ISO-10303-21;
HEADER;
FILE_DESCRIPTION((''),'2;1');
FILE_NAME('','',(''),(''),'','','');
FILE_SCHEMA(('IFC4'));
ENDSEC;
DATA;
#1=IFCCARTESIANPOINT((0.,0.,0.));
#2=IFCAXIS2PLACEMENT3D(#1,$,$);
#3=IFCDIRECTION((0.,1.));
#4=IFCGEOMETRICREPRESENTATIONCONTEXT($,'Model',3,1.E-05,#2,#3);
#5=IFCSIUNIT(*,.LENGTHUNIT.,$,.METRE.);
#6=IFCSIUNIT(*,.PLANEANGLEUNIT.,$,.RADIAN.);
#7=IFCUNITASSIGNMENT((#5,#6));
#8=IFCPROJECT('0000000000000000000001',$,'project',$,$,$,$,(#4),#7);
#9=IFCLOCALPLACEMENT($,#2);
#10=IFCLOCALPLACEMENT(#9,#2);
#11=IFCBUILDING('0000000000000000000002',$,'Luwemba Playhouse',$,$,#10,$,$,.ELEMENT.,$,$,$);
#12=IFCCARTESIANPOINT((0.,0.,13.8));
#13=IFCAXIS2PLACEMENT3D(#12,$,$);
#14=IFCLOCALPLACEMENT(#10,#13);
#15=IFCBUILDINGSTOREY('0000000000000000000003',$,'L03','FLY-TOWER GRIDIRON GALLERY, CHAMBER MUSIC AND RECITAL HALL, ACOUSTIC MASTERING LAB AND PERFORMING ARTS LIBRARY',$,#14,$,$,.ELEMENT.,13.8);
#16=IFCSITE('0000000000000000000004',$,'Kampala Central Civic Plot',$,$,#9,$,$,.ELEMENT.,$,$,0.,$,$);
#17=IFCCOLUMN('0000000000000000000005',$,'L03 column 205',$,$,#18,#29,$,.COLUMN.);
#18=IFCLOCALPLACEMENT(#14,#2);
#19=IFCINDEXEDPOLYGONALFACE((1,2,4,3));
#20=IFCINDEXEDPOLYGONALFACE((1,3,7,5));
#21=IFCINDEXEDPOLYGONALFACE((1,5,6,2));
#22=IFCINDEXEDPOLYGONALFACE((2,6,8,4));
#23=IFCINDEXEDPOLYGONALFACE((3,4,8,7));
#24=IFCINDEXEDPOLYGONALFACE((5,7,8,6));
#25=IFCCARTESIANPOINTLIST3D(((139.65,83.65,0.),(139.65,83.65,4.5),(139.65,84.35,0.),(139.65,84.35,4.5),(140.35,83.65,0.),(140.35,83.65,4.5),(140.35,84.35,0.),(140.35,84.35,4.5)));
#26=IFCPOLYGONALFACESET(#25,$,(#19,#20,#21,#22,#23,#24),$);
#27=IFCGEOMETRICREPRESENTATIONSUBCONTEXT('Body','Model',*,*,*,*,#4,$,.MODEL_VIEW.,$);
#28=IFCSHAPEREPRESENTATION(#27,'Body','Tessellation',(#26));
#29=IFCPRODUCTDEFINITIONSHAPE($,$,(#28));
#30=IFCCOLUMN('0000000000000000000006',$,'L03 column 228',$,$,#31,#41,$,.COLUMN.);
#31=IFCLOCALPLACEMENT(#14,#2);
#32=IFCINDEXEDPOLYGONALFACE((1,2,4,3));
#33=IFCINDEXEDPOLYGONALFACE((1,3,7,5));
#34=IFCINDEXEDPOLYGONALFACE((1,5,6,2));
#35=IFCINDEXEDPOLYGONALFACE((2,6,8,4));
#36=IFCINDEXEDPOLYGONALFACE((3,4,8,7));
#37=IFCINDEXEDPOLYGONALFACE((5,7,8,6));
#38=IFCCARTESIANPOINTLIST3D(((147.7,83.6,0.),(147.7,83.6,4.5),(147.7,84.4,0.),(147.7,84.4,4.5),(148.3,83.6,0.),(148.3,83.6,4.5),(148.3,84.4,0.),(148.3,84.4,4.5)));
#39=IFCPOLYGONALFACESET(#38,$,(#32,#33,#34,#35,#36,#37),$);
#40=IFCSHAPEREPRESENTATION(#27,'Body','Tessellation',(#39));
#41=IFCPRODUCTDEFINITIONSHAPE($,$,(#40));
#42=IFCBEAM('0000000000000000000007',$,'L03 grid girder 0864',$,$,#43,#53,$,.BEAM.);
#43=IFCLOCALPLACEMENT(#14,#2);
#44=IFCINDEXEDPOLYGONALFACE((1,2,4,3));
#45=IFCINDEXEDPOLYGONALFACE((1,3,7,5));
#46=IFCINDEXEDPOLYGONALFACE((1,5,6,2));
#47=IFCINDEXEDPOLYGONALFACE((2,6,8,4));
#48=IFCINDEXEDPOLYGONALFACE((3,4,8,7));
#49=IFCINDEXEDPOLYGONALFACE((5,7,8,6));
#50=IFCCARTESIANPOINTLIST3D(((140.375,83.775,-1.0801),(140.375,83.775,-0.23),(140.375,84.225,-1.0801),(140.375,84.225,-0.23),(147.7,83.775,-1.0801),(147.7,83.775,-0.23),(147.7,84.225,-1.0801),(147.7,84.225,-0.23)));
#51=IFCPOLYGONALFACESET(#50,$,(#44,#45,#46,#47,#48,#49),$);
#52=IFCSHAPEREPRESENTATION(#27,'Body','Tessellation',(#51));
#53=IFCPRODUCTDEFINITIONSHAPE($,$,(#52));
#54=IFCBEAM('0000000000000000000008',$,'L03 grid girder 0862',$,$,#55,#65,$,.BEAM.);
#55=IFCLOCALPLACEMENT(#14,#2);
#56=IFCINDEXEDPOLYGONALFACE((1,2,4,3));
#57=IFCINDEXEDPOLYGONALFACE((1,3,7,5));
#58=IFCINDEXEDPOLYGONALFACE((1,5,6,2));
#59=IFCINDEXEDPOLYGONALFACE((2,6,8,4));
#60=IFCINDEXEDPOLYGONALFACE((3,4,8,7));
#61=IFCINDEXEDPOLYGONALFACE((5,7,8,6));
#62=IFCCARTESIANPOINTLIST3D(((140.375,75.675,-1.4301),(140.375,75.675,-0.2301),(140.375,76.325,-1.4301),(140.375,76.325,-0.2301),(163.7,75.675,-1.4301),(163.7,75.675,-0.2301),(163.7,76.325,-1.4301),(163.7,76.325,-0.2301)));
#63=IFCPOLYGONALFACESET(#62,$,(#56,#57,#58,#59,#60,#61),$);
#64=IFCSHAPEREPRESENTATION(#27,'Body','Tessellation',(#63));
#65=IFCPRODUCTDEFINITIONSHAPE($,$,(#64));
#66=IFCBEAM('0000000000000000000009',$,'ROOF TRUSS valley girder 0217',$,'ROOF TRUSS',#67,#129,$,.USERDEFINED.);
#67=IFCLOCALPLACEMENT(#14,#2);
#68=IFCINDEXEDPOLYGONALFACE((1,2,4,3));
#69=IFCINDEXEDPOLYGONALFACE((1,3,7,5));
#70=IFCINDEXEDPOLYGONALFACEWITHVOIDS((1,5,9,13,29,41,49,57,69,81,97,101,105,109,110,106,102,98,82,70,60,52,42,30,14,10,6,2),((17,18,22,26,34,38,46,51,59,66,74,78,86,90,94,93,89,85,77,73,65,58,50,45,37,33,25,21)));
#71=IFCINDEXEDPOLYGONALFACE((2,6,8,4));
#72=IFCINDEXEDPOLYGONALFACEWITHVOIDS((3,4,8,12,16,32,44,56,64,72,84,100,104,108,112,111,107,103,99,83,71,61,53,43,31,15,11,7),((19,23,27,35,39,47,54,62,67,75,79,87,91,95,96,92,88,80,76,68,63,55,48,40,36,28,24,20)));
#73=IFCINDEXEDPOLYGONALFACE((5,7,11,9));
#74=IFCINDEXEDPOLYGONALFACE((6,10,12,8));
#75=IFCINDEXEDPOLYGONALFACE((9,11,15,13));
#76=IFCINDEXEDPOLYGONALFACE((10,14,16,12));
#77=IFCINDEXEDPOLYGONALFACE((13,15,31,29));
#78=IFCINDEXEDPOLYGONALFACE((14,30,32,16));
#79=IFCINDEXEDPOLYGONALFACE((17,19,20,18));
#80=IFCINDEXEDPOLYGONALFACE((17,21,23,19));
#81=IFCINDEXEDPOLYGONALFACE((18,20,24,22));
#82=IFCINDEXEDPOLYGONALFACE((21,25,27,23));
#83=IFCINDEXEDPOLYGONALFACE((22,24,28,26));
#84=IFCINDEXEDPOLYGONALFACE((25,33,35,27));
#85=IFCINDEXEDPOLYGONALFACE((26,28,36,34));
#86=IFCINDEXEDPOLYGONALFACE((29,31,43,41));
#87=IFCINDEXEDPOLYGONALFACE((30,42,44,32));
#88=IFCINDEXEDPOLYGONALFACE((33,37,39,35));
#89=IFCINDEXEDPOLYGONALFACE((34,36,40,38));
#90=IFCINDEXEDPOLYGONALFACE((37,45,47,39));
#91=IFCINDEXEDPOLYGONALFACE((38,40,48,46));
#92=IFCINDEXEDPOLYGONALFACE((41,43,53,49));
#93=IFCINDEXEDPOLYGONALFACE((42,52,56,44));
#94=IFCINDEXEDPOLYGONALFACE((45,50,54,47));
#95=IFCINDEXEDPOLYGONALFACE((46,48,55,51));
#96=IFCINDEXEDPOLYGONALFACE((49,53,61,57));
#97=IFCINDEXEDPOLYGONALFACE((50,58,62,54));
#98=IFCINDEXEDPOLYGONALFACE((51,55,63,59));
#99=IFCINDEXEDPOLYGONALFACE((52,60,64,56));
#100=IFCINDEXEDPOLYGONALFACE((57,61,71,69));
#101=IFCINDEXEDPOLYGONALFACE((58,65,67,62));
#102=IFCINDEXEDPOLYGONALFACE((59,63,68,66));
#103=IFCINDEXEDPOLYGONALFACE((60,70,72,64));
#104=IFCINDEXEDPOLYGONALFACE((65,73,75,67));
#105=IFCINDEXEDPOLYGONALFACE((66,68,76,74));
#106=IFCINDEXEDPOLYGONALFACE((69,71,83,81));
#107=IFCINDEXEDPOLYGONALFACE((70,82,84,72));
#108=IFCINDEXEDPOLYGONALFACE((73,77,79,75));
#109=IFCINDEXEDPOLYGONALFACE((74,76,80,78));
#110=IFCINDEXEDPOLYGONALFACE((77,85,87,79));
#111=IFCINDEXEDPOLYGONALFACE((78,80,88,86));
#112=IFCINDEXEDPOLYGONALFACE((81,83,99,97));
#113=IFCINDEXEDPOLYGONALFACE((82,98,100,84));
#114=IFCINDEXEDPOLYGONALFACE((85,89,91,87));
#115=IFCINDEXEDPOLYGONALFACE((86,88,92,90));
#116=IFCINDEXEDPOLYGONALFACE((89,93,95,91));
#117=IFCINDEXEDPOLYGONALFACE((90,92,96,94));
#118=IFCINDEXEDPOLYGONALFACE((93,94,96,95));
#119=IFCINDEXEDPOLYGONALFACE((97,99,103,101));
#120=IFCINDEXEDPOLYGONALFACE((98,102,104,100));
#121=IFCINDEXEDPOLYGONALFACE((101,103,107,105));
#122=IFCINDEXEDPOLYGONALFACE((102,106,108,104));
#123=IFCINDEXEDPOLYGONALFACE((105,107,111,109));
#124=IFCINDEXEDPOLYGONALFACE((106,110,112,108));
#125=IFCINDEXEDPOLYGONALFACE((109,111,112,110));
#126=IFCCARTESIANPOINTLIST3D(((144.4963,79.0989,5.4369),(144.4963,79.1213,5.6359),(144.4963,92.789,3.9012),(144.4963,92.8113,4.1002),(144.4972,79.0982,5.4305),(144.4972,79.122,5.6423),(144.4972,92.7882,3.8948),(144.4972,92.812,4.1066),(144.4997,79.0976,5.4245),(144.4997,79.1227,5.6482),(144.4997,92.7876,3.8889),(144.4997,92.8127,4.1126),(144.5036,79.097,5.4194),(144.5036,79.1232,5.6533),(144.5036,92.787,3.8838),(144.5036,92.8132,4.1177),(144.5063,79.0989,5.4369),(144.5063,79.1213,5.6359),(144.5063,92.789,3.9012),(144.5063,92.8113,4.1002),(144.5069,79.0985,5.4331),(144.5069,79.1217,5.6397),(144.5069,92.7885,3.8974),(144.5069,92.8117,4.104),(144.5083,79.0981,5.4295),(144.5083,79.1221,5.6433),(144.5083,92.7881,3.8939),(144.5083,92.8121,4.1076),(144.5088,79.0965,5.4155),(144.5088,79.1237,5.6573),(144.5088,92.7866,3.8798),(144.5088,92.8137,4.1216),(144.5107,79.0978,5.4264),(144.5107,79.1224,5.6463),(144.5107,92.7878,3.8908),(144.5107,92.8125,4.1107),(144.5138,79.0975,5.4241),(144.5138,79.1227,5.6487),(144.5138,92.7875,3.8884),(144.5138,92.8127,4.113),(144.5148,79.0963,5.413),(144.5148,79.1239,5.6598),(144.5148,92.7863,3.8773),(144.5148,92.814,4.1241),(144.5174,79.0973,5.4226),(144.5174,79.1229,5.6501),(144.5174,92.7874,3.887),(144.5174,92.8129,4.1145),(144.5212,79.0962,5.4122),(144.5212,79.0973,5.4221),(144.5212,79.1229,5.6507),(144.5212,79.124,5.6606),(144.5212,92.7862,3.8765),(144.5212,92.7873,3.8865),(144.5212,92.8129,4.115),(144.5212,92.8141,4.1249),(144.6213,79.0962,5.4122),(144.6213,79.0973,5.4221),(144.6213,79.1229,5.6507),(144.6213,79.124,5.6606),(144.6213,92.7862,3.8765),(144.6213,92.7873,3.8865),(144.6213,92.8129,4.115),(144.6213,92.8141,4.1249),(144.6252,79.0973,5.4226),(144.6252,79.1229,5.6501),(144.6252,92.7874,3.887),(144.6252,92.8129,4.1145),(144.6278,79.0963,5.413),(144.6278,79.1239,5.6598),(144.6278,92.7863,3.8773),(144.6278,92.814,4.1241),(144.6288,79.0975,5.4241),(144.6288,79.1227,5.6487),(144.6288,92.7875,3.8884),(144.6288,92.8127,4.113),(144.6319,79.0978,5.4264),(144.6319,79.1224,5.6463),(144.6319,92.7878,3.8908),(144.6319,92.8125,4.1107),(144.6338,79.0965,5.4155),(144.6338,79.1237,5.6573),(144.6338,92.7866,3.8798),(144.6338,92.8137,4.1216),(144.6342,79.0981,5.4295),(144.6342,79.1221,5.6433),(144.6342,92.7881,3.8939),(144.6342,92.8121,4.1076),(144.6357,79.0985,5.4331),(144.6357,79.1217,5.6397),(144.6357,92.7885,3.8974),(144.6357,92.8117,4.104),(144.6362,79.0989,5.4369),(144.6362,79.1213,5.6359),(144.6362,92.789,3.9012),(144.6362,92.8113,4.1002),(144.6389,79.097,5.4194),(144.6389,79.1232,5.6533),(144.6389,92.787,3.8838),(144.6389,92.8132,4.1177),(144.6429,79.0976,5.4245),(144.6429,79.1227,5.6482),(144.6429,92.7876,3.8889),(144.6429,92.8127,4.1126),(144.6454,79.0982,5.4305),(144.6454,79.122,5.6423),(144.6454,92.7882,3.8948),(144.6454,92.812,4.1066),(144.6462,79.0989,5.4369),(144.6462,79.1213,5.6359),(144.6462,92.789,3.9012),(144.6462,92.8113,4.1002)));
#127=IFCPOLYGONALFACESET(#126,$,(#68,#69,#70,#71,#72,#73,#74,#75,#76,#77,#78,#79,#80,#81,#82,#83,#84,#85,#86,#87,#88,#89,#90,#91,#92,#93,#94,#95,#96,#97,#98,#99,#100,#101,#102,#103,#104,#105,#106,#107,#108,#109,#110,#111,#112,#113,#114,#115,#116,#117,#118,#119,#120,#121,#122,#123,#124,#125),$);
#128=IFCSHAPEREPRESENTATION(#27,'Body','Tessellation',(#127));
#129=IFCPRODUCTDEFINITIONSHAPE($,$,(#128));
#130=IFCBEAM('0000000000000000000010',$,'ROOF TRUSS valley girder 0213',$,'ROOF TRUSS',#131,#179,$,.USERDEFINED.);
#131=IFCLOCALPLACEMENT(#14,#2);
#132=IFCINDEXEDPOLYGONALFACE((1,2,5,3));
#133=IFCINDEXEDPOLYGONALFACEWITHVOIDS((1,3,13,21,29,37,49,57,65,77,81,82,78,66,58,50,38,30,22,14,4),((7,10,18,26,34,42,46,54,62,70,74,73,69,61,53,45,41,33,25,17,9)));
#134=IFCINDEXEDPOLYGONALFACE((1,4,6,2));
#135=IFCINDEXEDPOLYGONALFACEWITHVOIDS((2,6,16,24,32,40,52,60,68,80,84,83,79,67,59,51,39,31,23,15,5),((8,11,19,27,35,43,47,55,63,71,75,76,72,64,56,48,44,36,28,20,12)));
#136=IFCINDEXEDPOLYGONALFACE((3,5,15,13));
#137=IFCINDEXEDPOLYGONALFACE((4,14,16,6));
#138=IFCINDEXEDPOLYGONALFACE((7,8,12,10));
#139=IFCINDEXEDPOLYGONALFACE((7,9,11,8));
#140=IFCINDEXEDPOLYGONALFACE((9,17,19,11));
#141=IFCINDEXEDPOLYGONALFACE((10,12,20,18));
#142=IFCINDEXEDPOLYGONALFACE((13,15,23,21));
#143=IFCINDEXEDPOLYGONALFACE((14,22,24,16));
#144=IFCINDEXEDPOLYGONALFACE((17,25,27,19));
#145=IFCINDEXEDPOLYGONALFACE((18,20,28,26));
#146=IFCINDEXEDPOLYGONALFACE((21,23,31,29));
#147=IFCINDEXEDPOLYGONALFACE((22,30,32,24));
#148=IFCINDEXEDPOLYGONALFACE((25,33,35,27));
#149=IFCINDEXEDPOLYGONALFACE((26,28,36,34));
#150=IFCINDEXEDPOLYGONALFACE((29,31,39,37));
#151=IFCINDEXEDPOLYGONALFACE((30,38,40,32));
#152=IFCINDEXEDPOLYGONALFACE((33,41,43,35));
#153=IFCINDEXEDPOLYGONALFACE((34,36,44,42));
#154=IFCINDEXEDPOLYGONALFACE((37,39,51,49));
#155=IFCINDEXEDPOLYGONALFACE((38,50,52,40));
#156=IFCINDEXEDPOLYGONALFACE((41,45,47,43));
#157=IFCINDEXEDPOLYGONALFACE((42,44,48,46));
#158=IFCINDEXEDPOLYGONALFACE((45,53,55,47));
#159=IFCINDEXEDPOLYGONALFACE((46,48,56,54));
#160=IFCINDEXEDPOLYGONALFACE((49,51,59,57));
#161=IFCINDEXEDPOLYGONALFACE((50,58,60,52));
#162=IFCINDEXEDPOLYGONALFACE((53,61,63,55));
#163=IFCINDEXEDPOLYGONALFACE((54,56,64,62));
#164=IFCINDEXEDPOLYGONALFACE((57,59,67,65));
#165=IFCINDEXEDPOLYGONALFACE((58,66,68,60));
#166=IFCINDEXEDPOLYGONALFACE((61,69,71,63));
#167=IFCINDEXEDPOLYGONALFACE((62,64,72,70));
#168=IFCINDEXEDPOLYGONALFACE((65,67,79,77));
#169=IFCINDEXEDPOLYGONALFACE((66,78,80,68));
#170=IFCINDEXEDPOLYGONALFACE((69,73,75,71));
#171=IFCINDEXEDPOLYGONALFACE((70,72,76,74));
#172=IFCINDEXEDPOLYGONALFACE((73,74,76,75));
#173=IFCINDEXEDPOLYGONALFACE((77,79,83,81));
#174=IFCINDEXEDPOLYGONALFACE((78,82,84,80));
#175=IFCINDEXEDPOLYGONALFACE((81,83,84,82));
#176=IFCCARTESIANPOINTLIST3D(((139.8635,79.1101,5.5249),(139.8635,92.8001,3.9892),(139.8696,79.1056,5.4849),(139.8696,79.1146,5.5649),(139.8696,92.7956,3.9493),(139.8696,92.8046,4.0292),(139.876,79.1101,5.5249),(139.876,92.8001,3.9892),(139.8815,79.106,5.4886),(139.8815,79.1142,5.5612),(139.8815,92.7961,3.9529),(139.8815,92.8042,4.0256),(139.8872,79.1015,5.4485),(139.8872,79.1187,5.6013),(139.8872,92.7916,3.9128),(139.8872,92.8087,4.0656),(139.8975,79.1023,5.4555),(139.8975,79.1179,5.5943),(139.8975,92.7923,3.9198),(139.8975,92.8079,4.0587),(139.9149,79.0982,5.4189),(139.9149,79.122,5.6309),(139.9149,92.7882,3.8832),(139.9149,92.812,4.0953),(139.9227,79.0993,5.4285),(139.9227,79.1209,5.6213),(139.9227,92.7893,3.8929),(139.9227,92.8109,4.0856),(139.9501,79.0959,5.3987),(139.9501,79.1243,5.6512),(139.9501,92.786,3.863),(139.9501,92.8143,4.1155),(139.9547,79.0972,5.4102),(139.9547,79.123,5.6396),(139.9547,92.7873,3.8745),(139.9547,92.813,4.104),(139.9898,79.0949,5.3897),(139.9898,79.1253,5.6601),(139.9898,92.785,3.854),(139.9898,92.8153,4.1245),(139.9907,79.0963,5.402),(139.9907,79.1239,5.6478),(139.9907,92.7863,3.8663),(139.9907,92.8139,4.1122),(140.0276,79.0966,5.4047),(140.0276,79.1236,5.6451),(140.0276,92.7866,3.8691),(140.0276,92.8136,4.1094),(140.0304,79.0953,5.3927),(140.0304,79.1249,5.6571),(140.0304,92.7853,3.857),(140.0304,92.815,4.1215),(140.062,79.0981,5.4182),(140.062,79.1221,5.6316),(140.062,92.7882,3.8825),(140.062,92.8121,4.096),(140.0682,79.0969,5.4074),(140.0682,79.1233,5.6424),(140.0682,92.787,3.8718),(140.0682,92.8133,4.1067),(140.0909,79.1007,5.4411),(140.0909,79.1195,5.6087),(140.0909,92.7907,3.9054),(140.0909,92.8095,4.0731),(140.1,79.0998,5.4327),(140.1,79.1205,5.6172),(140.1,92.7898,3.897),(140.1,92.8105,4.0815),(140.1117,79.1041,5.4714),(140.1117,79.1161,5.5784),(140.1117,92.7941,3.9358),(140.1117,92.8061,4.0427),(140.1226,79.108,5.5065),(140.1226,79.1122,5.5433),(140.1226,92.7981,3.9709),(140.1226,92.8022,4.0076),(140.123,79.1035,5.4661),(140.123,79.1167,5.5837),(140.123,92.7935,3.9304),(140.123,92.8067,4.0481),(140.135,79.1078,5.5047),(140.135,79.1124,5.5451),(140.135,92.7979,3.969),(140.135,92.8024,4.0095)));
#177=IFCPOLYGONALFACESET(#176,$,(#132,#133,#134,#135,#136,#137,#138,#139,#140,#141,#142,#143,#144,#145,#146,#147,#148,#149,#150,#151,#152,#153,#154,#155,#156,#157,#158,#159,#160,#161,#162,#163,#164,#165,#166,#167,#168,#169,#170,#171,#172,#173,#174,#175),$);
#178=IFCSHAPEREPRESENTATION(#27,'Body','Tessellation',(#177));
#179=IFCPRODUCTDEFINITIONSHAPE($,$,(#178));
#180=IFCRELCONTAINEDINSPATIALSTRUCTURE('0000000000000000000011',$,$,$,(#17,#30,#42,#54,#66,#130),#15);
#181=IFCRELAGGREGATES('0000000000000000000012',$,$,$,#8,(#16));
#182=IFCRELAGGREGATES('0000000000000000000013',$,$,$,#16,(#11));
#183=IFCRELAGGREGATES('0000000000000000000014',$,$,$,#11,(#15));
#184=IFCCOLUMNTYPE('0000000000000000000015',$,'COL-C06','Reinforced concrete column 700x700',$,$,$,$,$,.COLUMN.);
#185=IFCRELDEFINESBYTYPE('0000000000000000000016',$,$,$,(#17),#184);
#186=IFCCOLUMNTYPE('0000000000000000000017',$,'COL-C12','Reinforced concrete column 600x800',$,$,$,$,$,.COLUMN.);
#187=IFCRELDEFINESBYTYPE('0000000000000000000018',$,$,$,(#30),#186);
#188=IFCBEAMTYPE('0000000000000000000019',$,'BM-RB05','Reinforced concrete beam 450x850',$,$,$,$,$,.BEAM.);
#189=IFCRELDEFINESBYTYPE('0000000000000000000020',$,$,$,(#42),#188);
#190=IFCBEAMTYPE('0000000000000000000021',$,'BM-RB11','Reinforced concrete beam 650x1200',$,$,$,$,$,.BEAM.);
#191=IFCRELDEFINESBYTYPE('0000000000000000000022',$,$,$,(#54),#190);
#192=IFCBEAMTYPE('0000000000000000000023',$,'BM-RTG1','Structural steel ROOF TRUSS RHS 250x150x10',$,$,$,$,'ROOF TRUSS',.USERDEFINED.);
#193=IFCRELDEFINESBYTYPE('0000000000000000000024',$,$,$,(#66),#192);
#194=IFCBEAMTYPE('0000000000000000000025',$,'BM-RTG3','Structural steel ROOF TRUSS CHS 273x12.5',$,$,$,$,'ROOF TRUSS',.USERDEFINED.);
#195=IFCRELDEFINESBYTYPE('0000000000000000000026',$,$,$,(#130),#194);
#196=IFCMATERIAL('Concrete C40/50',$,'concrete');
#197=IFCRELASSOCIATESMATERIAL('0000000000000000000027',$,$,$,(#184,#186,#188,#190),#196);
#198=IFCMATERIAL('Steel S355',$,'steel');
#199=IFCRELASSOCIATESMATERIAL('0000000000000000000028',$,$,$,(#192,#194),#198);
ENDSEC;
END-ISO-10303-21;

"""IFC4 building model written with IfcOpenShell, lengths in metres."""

from ifc_helpers import new_model, si_unit, direction, frame, origin, origin_2d, place, context, subcontext, project, spatial, rectangle, hollow_rectangle, hollow_circle, extrude, material, material_profile, profile_set, type_object, element, save


model = new_model("IFC4")

# Units and contexts
model_context = context("Model", 3, precision=1e-05, world=origin(), true_north=direction((0.0, 1.0)))
body_context = subcontext(model_context, "Body", "Model", "MODEL_VIEW")
ifc_project = project(units=[si_unit("LENGTHUNIT", "METRE"), si_unit("PLANEANGLEUNIT", "RADIAN")], contexts=[model_context])

# Site, building, storey
site_placement = place(None, origin())
site = spatial("IfcSite", under=ifc_project, at=site_placement, Name="Kampala Central Civic Plot", CompositionType="ELEMENT", RefElevation=0.0)
building_placement = place(site_placement, origin())
building = spatial("IfcBuilding", under=site, at=building_placement, Name="Luwemba Playhouse", CompositionType="ELEMENT")
storey_placement = place(building_placement, frame((0.0, 0.0, 13.8)))
storey = spatial("IfcBuildingStorey", under=building, at=storey_placement, Name="L03", Description="FLY-TOWER GRIDIRON GALLERY, CHAMBER MUSIC AND RECITAL HALL, ACOUSTIC MASTERING LAB AND PERFORMING ARTS LIBRARY", CompositionType="ELEMENT", Elevation=13.8)

# Columns
ifc_material_1 = material(Name="Concrete C40/50", Category="concrete")
ifc_material_profile_1 = material_profile(ifc_material_1, rectangle(XDim=0.7, YDim=0.7, at=origin_2d()))
ifc_profile_set_1 = profile_set([ifc_material_profile_1], Name="Concrete C40/50")
column_type_1 = type_object("IfcColumnType", Name="COL-C06", Description="Reinforced concrete column 700x700", PredefinedType="COLUMN", material=ifc_profile_set_1)
column_1_placement = place(storey_placement, frame((140.0, 84.0, 0.0), z_axis=(0.0, 0.0, 1.0), x_axis=(1.0, 0.0, 0.0)))
element("IfcColumn", 1, at=column_1_placement, inside=storey, type_object=column_type_1, Name="L03 column 205", PredefinedType="COLUMN", context=body_context, shape_type="SweptSolid", body=[
    extrude(rectangle(XDim=0.7, YDim=0.7, at=origin_2d()), origin(), (0.0, 0.0, 1.0), 4.5),
])
ifc_material_profile_2 = material_profile(ifc_material_1, rectangle(XDim=0.6001, YDim=0.8, at=origin_2d()))
ifc_profile_set_2 = profile_set([ifc_material_profile_2], Name="Concrete C40/50")
column_type_2 = type_object("IfcColumnType", Name="COL-C12", Description="Reinforced concrete column 600x800", PredefinedType="COLUMN", material=ifc_profile_set_2)
column_2_placement = place(storey_placement, frame((148.0, 84.0, 0.0), z_axis=(0.0, 0.0, 1.0), x_axis=(1.0, 0.0, 0.0)))
element("IfcColumn", 2, at=column_2_placement, inside=storey, type_object=column_type_2, Name="L03 column 228", PredefinedType="COLUMN", context=body_context, shape_type="SweptSolid", body=[
    extrude(rectangle(XDim=0.6001, YDim=0.8, at=origin_2d()), origin(), (0.0, 0.0, 1.0), 4.5),
])

# Beams
ifc_material_profile_3 = material_profile(ifc_material_1, rectangle(XDim=0.45, YDim=0.8501, at=origin_2d()))
ifc_profile_set_3 = profile_set([ifc_material_profile_3], Name="Concrete C40/50")
beam_type_1 = type_object("IfcBeamType", Name="BM-RB05", Description="Reinforced concrete beam 450x850", PredefinedType="BEAM", material=ifc_profile_set_3)
beam_1_placement = place(storey_placement, frame((140.375, 84.0, -0.655), z_axis=(1.0, 0.0, 0.0), x_axis=(0.0, 1.0, 0.0)))
element("IfcBeam", 3, at=beam_1_placement, inside=storey, type_object=beam_type_1, Name="L03 grid girder 0864", PredefinedType="BEAM", context=body_context, shape_type="SweptSolid", body=[
    extrude(rectangle(XDim=0.45, YDim=0.8501, at=origin_2d()), origin(), (0.0, 0.0, 1.0), 7.325),
])
ifc_material_profile_4 = material_profile(ifc_material_1, rectangle(XDim=0.6499, YDim=1.2, at=origin_2d()))
ifc_profile_set_4 = profile_set([ifc_material_profile_4], Name="Concrete C40/50")
beam_type_2 = type_object("IfcBeamType", Name="BM-RB11", Description="Reinforced concrete beam 650x1200", PredefinedType="BEAM", material=ifc_profile_set_4)
beam_2_placement = place(storey_placement, frame((140.375, 76.0, -0.8301), z_axis=(1.0, 0.0, 0.0), x_axis=(0.0, 1.0, 0.0)))
element("IfcBeam", 4, at=beam_2_placement, inside=storey, type_object=beam_type_2, Name="L03 grid girder 0862", PredefinedType="BEAM", context=body_context, shape_type="SweptSolid", body=[
    extrude(rectangle(XDim=0.6499, YDim=1.2, at=origin_2d()), origin(), (0.0, 0.0, 1.0), 23.325),
])
ifc_material_2 = material(Name="Steel S355", Category="steel")
ifc_material_profile_5 = material_profile(ifc_material_2, hollow_rectangle(XDim=0.1499, YDim=0.25, WallThickness=0.01, InnerFilletRadius=0.0149, OuterFilletRadius=0.0249, at=origin_2d()))
ifc_profile_set_5 = profile_set([ifc_material_profile_5], Name="Steel S355")
beam_type_3 = type_object("IfcBeamType", Name="BM-RTG1", Description="Structural steel ROOF TRUSS RHS 250x150x10", ElementType="ROOF TRUSS", PredefinedType="USERDEFINED", material=ifc_profile_set_5)
beam_3_placement = place(storey_placement, frame((144.5713, 79.1101, 5.5364), z_axis=(0.0, 0.993767, -0.111474), x_axis=(-1.0, 0.0, 0.0)))
element("IfcBeam", 5, at=beam_3_placement, inside=storey, type_object=beam_type_3, Name="ROOF TRUSS valley girder 0217", ObjectType="ROOF TRUSS", PredefinedType="USERDEFINED", context=body_context, shape_type="SweptSolid", body=[
    extrude(hollow_rectangle(XDim=0.1499, YDim=0.25, WallThickness=0.01, InnerFilletRadius=0.0149, OuterFilletRadius=0.0249, at=origin_2d()), origin(), (0.0, 0.0, 1.0), 13.7759),
])
ifc_material_profile_6 = material_profile(ifc_material_2, hollow_circle(Radius=0.1365, WallThickness=0.0125, at=origin_2d()))
ifc_profile_set_6 = profile_set([ifc_material_profile_6], Name="Steel S355")
beam_type_4 = type_object("IfcBeamType", Name="BM-RTG3", Description="Structural steel ROOF TRUSS CHS 273x12.5", ElementType="ROOF TRUSS", PredefinedType="USERDEFINED", material=ifc_profile_set_6)
beam_4_placement = place(storey_placement, frame((140.0, 79.1101, 5.5249), z_axis=(0.0, 0.993767, -0.111474), x_axis=(-1.0, 0.0, 0.0)))
element("IfcBeam", 6, at=beam_4_placement, inside=storey, type_object=beam_type_4, Name="ROOF TRUSS valley girder 0213", ObjectType="ROOF TRUSS", PredefinedType="USERDEFINED", context=body_context, shape_type="SweptSolid", body=[
    extrude(hollow_circle(Radius=0.1365, WallThickness=0.0125, at=origin_2d()), origin(), (0.0, 0.0, 1.0), 13.7759),
])

save(model, "model.ifc")
